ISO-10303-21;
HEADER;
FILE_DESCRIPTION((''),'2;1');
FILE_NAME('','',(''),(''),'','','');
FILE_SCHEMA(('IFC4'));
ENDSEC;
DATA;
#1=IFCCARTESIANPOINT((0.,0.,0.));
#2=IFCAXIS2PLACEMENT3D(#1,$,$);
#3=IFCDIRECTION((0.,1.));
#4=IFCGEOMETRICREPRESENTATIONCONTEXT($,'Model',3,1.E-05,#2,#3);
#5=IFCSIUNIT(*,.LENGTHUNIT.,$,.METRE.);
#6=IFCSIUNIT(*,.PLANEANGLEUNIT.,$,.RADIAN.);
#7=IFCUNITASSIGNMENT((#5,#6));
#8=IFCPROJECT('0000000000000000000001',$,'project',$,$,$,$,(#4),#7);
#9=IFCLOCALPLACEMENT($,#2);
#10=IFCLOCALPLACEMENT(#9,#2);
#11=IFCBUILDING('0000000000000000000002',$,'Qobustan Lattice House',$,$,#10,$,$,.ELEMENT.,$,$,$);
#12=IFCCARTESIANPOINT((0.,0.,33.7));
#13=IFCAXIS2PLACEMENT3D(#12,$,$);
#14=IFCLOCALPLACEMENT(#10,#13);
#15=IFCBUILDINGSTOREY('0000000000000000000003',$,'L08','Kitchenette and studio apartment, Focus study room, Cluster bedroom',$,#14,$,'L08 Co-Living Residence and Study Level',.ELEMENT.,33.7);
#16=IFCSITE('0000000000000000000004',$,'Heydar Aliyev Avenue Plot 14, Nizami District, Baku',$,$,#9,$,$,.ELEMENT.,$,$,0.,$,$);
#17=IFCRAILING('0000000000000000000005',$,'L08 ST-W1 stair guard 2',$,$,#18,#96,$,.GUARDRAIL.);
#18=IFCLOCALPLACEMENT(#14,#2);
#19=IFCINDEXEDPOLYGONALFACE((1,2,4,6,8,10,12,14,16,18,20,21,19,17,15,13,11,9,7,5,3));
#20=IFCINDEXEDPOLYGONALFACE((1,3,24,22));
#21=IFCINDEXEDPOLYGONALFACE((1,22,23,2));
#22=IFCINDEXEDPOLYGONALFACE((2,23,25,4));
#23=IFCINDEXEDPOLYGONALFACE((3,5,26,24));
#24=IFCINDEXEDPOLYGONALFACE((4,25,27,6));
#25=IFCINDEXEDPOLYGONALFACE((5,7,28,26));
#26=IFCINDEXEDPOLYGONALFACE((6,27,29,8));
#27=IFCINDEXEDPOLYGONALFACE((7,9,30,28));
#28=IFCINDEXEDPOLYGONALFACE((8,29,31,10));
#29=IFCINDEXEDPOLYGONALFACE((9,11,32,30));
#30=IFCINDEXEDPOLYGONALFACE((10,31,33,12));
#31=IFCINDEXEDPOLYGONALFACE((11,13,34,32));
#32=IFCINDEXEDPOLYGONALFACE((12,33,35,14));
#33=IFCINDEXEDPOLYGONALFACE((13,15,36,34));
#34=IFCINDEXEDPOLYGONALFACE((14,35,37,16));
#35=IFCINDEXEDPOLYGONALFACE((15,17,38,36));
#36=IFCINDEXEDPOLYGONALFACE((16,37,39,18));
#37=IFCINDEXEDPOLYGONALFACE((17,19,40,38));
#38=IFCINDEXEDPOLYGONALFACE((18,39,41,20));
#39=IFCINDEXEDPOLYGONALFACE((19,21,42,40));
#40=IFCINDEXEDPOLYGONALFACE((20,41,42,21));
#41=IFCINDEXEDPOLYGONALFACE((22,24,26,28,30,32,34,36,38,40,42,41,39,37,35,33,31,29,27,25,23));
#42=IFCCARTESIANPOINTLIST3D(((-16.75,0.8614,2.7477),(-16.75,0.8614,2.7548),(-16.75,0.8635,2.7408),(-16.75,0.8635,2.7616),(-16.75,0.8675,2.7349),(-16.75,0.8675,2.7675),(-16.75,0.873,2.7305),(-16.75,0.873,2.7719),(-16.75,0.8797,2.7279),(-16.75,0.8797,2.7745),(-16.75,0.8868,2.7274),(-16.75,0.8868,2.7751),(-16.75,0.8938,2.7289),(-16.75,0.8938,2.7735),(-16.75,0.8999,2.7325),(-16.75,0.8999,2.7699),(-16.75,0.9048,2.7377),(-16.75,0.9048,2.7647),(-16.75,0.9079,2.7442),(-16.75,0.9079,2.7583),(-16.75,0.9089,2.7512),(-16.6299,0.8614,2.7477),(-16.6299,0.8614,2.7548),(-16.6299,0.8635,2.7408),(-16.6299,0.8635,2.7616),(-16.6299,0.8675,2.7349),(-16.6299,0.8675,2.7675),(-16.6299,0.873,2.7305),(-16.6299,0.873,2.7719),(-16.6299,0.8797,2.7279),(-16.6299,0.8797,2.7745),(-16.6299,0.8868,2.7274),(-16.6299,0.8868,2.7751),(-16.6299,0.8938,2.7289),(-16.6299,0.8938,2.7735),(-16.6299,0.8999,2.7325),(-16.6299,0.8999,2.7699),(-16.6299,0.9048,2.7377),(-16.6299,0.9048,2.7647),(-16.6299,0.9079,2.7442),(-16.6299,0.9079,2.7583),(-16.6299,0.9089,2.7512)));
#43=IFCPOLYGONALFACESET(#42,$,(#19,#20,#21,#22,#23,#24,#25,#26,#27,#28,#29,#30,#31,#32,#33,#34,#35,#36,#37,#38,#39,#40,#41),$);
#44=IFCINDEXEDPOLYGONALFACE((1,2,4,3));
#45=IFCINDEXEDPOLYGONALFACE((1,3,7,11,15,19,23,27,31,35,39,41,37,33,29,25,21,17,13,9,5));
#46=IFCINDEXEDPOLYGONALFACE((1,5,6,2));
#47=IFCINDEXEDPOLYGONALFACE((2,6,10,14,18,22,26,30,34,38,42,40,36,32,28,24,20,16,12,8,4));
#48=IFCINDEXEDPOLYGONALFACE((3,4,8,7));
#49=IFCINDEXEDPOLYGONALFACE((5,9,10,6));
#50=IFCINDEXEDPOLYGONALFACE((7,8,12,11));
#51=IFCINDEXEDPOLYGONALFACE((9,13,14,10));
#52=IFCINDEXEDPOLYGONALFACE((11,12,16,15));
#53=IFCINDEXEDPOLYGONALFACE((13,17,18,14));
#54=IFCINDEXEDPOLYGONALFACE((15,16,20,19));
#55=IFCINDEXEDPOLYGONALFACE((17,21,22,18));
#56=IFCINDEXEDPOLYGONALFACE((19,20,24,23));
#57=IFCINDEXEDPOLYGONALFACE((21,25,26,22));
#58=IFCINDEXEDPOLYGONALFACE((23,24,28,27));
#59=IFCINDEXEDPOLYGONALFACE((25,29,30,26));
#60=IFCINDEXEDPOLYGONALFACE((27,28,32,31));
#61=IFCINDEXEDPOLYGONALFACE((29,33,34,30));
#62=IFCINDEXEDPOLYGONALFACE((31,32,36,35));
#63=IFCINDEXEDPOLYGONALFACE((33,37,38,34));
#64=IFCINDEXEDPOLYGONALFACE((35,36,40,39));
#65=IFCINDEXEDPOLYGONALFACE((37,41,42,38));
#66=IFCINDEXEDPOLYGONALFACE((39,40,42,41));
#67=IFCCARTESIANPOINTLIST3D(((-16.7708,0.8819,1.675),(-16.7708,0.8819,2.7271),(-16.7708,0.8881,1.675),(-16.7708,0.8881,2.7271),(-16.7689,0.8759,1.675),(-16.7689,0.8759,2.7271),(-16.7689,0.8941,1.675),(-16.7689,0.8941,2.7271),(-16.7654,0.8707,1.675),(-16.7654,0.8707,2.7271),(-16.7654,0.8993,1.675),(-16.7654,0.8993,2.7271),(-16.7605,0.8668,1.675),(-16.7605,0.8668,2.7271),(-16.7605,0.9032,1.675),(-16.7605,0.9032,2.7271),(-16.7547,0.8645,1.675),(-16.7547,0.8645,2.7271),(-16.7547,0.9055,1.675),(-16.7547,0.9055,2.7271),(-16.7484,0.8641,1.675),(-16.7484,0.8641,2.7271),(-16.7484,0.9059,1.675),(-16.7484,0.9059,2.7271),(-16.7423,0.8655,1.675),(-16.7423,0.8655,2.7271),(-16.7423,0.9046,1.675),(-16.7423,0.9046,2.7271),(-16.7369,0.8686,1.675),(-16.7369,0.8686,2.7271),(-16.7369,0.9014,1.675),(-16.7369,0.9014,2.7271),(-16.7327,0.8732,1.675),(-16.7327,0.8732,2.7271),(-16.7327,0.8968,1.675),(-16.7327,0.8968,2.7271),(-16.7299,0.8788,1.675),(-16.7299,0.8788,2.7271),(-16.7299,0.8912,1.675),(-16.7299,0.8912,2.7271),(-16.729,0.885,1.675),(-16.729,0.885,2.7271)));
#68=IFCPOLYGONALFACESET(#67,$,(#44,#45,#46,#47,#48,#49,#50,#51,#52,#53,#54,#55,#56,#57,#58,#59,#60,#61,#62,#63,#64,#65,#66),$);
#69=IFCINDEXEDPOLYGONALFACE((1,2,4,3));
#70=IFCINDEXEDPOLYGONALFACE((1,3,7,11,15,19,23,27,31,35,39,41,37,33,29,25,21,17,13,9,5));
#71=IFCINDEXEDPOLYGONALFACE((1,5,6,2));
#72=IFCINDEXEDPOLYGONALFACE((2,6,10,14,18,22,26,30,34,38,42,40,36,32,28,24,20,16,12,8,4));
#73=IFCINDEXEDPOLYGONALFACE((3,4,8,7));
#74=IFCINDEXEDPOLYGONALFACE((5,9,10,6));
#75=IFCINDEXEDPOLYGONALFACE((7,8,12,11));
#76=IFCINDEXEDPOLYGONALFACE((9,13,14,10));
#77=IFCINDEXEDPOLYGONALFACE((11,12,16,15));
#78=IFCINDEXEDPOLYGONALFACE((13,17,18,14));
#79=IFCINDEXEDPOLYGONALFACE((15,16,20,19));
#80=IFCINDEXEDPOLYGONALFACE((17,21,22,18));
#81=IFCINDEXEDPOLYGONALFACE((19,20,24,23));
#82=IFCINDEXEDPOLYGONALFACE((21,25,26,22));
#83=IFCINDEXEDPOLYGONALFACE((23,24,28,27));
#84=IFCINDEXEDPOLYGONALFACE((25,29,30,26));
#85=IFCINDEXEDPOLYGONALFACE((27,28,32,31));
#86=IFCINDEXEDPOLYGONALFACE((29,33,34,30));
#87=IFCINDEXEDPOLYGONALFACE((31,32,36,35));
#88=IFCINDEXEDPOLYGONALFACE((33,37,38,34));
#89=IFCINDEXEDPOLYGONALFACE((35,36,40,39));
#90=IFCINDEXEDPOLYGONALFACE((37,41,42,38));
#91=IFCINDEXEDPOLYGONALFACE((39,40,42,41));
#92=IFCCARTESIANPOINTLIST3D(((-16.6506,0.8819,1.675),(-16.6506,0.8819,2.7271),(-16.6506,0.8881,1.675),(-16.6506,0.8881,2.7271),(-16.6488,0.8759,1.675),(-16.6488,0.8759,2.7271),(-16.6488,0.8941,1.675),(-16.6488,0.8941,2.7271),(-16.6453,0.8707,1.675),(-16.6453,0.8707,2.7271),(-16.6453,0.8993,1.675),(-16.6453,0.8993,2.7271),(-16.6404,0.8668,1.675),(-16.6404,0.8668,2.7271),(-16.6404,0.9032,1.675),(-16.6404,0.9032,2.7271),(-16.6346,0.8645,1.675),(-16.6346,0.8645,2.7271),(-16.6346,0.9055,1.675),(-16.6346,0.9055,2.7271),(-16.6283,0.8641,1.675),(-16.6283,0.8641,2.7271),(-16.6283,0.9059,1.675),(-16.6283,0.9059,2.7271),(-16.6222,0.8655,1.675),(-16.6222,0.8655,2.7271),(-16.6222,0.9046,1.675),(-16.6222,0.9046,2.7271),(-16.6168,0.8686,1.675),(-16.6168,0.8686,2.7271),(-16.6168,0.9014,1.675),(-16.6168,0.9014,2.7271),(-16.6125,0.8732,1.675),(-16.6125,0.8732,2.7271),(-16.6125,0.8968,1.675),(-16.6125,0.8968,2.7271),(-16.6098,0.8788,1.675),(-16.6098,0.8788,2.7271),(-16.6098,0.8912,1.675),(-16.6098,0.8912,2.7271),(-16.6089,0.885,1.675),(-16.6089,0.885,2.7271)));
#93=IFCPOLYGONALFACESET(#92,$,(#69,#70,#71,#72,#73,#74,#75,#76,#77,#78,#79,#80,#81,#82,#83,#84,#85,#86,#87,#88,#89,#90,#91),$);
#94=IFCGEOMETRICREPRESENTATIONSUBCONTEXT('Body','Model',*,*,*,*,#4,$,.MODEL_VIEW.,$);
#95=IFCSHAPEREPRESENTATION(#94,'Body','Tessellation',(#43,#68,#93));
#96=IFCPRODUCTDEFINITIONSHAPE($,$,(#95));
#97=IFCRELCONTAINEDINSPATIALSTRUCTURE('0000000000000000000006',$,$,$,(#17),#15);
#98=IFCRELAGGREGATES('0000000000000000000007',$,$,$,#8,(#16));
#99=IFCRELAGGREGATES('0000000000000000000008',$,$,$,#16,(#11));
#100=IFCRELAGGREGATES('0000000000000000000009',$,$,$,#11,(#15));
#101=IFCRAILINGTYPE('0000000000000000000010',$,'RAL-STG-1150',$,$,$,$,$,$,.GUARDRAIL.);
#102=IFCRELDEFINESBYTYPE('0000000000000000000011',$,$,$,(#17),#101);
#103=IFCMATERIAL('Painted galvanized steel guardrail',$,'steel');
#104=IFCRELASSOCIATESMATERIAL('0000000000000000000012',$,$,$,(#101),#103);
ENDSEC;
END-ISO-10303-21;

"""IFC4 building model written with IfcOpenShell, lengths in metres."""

from ifc_helpers import new_model, si_unit, direction, frame, origin, origin_2d, place, context, subcontext, project, spatial, circle, extrude, material, type_object, element, save


model = new_model("IFC4")

# Units and contexts
model_context = context("Model", 3, precision=1e-05, world=origin(), true_north=direction((0.0, 1.0)))
body_context = subcontext(model_context, "Body", "Model", "MODEL_VIEW")
ifc_project = project(units=[si_unit("LENGTHUNIT", "METRE"), si_unit("PLANEANGLEUNIT", "RADIAN")], contexts=[model_context])

# Site, building, storey
site_placement = place(None, origin())
site = spatial("IfcSite", under=ifc_project, at=site_placement, Name="Heydar Aliyev Avenue Plot 14, Nizami District, Baku", CompositionType="ELEMENT", RefElevation=0.0)
building_placement = place(site_placement, origin())
building = spatial("IfcBuilding", under=site, at=building_placement, Name="Qobustan Lattice House", CompositionType="ELEMENT")
storey_placement = place(building_placement, frame((0.0, 0.0, 33.7)))
storey = spatial("IfcBuildingStorey", under=building, at=storey_placement, Name="L08", Description="Kitchenette and studio apartment, Focus study room, Cluster bedroom", LongName="L08 Co-Living Residence and Study Level", CompositionType="ELEMENT", Elevation=33.7)

# Railing
ifc_material_1 = material(Name="Painted galvanized steel guardrail", Category="steel")
railing_type_1 = type_object("IfcRailingType", Name="RAL-STG-1150", PredefinedType="GUARDRAIL", material=ifc_material_1)
railing_1_placement = place(storey_placement, frame((-16.75, 0.885, 1.675)))
element("IfcRailing", 1, at=railing_1_placement, inside=storey, type_object=railing_type_1, Name="L08 ST-W1 stair guard 2", PredefinedType="GUARDRAIL", context=body_context, shape_type="SweptSolid", body=[
    extrude(circle(Radius=0.0239, at=origin_2d()), frame((0.0, 0.0, 1.0762), z_axis=(1.0, 0.0, 0.0), x_axis=(0.0, 1.0, 0.0)), (0.0, 0.0, 1.0), 0.1201),
    extrude(circle(Radius=0.021, at=origin_2d()), origin(), (0.0, 0.0, 1.0), 1.052),
    extrude(circle(Radius=0.021, at=origin_2d()), frame((0.1201, 0.0, 0.0)), (0.0, 0.0, 1.0), 1.052),
])

save(model, "model.ifc")
